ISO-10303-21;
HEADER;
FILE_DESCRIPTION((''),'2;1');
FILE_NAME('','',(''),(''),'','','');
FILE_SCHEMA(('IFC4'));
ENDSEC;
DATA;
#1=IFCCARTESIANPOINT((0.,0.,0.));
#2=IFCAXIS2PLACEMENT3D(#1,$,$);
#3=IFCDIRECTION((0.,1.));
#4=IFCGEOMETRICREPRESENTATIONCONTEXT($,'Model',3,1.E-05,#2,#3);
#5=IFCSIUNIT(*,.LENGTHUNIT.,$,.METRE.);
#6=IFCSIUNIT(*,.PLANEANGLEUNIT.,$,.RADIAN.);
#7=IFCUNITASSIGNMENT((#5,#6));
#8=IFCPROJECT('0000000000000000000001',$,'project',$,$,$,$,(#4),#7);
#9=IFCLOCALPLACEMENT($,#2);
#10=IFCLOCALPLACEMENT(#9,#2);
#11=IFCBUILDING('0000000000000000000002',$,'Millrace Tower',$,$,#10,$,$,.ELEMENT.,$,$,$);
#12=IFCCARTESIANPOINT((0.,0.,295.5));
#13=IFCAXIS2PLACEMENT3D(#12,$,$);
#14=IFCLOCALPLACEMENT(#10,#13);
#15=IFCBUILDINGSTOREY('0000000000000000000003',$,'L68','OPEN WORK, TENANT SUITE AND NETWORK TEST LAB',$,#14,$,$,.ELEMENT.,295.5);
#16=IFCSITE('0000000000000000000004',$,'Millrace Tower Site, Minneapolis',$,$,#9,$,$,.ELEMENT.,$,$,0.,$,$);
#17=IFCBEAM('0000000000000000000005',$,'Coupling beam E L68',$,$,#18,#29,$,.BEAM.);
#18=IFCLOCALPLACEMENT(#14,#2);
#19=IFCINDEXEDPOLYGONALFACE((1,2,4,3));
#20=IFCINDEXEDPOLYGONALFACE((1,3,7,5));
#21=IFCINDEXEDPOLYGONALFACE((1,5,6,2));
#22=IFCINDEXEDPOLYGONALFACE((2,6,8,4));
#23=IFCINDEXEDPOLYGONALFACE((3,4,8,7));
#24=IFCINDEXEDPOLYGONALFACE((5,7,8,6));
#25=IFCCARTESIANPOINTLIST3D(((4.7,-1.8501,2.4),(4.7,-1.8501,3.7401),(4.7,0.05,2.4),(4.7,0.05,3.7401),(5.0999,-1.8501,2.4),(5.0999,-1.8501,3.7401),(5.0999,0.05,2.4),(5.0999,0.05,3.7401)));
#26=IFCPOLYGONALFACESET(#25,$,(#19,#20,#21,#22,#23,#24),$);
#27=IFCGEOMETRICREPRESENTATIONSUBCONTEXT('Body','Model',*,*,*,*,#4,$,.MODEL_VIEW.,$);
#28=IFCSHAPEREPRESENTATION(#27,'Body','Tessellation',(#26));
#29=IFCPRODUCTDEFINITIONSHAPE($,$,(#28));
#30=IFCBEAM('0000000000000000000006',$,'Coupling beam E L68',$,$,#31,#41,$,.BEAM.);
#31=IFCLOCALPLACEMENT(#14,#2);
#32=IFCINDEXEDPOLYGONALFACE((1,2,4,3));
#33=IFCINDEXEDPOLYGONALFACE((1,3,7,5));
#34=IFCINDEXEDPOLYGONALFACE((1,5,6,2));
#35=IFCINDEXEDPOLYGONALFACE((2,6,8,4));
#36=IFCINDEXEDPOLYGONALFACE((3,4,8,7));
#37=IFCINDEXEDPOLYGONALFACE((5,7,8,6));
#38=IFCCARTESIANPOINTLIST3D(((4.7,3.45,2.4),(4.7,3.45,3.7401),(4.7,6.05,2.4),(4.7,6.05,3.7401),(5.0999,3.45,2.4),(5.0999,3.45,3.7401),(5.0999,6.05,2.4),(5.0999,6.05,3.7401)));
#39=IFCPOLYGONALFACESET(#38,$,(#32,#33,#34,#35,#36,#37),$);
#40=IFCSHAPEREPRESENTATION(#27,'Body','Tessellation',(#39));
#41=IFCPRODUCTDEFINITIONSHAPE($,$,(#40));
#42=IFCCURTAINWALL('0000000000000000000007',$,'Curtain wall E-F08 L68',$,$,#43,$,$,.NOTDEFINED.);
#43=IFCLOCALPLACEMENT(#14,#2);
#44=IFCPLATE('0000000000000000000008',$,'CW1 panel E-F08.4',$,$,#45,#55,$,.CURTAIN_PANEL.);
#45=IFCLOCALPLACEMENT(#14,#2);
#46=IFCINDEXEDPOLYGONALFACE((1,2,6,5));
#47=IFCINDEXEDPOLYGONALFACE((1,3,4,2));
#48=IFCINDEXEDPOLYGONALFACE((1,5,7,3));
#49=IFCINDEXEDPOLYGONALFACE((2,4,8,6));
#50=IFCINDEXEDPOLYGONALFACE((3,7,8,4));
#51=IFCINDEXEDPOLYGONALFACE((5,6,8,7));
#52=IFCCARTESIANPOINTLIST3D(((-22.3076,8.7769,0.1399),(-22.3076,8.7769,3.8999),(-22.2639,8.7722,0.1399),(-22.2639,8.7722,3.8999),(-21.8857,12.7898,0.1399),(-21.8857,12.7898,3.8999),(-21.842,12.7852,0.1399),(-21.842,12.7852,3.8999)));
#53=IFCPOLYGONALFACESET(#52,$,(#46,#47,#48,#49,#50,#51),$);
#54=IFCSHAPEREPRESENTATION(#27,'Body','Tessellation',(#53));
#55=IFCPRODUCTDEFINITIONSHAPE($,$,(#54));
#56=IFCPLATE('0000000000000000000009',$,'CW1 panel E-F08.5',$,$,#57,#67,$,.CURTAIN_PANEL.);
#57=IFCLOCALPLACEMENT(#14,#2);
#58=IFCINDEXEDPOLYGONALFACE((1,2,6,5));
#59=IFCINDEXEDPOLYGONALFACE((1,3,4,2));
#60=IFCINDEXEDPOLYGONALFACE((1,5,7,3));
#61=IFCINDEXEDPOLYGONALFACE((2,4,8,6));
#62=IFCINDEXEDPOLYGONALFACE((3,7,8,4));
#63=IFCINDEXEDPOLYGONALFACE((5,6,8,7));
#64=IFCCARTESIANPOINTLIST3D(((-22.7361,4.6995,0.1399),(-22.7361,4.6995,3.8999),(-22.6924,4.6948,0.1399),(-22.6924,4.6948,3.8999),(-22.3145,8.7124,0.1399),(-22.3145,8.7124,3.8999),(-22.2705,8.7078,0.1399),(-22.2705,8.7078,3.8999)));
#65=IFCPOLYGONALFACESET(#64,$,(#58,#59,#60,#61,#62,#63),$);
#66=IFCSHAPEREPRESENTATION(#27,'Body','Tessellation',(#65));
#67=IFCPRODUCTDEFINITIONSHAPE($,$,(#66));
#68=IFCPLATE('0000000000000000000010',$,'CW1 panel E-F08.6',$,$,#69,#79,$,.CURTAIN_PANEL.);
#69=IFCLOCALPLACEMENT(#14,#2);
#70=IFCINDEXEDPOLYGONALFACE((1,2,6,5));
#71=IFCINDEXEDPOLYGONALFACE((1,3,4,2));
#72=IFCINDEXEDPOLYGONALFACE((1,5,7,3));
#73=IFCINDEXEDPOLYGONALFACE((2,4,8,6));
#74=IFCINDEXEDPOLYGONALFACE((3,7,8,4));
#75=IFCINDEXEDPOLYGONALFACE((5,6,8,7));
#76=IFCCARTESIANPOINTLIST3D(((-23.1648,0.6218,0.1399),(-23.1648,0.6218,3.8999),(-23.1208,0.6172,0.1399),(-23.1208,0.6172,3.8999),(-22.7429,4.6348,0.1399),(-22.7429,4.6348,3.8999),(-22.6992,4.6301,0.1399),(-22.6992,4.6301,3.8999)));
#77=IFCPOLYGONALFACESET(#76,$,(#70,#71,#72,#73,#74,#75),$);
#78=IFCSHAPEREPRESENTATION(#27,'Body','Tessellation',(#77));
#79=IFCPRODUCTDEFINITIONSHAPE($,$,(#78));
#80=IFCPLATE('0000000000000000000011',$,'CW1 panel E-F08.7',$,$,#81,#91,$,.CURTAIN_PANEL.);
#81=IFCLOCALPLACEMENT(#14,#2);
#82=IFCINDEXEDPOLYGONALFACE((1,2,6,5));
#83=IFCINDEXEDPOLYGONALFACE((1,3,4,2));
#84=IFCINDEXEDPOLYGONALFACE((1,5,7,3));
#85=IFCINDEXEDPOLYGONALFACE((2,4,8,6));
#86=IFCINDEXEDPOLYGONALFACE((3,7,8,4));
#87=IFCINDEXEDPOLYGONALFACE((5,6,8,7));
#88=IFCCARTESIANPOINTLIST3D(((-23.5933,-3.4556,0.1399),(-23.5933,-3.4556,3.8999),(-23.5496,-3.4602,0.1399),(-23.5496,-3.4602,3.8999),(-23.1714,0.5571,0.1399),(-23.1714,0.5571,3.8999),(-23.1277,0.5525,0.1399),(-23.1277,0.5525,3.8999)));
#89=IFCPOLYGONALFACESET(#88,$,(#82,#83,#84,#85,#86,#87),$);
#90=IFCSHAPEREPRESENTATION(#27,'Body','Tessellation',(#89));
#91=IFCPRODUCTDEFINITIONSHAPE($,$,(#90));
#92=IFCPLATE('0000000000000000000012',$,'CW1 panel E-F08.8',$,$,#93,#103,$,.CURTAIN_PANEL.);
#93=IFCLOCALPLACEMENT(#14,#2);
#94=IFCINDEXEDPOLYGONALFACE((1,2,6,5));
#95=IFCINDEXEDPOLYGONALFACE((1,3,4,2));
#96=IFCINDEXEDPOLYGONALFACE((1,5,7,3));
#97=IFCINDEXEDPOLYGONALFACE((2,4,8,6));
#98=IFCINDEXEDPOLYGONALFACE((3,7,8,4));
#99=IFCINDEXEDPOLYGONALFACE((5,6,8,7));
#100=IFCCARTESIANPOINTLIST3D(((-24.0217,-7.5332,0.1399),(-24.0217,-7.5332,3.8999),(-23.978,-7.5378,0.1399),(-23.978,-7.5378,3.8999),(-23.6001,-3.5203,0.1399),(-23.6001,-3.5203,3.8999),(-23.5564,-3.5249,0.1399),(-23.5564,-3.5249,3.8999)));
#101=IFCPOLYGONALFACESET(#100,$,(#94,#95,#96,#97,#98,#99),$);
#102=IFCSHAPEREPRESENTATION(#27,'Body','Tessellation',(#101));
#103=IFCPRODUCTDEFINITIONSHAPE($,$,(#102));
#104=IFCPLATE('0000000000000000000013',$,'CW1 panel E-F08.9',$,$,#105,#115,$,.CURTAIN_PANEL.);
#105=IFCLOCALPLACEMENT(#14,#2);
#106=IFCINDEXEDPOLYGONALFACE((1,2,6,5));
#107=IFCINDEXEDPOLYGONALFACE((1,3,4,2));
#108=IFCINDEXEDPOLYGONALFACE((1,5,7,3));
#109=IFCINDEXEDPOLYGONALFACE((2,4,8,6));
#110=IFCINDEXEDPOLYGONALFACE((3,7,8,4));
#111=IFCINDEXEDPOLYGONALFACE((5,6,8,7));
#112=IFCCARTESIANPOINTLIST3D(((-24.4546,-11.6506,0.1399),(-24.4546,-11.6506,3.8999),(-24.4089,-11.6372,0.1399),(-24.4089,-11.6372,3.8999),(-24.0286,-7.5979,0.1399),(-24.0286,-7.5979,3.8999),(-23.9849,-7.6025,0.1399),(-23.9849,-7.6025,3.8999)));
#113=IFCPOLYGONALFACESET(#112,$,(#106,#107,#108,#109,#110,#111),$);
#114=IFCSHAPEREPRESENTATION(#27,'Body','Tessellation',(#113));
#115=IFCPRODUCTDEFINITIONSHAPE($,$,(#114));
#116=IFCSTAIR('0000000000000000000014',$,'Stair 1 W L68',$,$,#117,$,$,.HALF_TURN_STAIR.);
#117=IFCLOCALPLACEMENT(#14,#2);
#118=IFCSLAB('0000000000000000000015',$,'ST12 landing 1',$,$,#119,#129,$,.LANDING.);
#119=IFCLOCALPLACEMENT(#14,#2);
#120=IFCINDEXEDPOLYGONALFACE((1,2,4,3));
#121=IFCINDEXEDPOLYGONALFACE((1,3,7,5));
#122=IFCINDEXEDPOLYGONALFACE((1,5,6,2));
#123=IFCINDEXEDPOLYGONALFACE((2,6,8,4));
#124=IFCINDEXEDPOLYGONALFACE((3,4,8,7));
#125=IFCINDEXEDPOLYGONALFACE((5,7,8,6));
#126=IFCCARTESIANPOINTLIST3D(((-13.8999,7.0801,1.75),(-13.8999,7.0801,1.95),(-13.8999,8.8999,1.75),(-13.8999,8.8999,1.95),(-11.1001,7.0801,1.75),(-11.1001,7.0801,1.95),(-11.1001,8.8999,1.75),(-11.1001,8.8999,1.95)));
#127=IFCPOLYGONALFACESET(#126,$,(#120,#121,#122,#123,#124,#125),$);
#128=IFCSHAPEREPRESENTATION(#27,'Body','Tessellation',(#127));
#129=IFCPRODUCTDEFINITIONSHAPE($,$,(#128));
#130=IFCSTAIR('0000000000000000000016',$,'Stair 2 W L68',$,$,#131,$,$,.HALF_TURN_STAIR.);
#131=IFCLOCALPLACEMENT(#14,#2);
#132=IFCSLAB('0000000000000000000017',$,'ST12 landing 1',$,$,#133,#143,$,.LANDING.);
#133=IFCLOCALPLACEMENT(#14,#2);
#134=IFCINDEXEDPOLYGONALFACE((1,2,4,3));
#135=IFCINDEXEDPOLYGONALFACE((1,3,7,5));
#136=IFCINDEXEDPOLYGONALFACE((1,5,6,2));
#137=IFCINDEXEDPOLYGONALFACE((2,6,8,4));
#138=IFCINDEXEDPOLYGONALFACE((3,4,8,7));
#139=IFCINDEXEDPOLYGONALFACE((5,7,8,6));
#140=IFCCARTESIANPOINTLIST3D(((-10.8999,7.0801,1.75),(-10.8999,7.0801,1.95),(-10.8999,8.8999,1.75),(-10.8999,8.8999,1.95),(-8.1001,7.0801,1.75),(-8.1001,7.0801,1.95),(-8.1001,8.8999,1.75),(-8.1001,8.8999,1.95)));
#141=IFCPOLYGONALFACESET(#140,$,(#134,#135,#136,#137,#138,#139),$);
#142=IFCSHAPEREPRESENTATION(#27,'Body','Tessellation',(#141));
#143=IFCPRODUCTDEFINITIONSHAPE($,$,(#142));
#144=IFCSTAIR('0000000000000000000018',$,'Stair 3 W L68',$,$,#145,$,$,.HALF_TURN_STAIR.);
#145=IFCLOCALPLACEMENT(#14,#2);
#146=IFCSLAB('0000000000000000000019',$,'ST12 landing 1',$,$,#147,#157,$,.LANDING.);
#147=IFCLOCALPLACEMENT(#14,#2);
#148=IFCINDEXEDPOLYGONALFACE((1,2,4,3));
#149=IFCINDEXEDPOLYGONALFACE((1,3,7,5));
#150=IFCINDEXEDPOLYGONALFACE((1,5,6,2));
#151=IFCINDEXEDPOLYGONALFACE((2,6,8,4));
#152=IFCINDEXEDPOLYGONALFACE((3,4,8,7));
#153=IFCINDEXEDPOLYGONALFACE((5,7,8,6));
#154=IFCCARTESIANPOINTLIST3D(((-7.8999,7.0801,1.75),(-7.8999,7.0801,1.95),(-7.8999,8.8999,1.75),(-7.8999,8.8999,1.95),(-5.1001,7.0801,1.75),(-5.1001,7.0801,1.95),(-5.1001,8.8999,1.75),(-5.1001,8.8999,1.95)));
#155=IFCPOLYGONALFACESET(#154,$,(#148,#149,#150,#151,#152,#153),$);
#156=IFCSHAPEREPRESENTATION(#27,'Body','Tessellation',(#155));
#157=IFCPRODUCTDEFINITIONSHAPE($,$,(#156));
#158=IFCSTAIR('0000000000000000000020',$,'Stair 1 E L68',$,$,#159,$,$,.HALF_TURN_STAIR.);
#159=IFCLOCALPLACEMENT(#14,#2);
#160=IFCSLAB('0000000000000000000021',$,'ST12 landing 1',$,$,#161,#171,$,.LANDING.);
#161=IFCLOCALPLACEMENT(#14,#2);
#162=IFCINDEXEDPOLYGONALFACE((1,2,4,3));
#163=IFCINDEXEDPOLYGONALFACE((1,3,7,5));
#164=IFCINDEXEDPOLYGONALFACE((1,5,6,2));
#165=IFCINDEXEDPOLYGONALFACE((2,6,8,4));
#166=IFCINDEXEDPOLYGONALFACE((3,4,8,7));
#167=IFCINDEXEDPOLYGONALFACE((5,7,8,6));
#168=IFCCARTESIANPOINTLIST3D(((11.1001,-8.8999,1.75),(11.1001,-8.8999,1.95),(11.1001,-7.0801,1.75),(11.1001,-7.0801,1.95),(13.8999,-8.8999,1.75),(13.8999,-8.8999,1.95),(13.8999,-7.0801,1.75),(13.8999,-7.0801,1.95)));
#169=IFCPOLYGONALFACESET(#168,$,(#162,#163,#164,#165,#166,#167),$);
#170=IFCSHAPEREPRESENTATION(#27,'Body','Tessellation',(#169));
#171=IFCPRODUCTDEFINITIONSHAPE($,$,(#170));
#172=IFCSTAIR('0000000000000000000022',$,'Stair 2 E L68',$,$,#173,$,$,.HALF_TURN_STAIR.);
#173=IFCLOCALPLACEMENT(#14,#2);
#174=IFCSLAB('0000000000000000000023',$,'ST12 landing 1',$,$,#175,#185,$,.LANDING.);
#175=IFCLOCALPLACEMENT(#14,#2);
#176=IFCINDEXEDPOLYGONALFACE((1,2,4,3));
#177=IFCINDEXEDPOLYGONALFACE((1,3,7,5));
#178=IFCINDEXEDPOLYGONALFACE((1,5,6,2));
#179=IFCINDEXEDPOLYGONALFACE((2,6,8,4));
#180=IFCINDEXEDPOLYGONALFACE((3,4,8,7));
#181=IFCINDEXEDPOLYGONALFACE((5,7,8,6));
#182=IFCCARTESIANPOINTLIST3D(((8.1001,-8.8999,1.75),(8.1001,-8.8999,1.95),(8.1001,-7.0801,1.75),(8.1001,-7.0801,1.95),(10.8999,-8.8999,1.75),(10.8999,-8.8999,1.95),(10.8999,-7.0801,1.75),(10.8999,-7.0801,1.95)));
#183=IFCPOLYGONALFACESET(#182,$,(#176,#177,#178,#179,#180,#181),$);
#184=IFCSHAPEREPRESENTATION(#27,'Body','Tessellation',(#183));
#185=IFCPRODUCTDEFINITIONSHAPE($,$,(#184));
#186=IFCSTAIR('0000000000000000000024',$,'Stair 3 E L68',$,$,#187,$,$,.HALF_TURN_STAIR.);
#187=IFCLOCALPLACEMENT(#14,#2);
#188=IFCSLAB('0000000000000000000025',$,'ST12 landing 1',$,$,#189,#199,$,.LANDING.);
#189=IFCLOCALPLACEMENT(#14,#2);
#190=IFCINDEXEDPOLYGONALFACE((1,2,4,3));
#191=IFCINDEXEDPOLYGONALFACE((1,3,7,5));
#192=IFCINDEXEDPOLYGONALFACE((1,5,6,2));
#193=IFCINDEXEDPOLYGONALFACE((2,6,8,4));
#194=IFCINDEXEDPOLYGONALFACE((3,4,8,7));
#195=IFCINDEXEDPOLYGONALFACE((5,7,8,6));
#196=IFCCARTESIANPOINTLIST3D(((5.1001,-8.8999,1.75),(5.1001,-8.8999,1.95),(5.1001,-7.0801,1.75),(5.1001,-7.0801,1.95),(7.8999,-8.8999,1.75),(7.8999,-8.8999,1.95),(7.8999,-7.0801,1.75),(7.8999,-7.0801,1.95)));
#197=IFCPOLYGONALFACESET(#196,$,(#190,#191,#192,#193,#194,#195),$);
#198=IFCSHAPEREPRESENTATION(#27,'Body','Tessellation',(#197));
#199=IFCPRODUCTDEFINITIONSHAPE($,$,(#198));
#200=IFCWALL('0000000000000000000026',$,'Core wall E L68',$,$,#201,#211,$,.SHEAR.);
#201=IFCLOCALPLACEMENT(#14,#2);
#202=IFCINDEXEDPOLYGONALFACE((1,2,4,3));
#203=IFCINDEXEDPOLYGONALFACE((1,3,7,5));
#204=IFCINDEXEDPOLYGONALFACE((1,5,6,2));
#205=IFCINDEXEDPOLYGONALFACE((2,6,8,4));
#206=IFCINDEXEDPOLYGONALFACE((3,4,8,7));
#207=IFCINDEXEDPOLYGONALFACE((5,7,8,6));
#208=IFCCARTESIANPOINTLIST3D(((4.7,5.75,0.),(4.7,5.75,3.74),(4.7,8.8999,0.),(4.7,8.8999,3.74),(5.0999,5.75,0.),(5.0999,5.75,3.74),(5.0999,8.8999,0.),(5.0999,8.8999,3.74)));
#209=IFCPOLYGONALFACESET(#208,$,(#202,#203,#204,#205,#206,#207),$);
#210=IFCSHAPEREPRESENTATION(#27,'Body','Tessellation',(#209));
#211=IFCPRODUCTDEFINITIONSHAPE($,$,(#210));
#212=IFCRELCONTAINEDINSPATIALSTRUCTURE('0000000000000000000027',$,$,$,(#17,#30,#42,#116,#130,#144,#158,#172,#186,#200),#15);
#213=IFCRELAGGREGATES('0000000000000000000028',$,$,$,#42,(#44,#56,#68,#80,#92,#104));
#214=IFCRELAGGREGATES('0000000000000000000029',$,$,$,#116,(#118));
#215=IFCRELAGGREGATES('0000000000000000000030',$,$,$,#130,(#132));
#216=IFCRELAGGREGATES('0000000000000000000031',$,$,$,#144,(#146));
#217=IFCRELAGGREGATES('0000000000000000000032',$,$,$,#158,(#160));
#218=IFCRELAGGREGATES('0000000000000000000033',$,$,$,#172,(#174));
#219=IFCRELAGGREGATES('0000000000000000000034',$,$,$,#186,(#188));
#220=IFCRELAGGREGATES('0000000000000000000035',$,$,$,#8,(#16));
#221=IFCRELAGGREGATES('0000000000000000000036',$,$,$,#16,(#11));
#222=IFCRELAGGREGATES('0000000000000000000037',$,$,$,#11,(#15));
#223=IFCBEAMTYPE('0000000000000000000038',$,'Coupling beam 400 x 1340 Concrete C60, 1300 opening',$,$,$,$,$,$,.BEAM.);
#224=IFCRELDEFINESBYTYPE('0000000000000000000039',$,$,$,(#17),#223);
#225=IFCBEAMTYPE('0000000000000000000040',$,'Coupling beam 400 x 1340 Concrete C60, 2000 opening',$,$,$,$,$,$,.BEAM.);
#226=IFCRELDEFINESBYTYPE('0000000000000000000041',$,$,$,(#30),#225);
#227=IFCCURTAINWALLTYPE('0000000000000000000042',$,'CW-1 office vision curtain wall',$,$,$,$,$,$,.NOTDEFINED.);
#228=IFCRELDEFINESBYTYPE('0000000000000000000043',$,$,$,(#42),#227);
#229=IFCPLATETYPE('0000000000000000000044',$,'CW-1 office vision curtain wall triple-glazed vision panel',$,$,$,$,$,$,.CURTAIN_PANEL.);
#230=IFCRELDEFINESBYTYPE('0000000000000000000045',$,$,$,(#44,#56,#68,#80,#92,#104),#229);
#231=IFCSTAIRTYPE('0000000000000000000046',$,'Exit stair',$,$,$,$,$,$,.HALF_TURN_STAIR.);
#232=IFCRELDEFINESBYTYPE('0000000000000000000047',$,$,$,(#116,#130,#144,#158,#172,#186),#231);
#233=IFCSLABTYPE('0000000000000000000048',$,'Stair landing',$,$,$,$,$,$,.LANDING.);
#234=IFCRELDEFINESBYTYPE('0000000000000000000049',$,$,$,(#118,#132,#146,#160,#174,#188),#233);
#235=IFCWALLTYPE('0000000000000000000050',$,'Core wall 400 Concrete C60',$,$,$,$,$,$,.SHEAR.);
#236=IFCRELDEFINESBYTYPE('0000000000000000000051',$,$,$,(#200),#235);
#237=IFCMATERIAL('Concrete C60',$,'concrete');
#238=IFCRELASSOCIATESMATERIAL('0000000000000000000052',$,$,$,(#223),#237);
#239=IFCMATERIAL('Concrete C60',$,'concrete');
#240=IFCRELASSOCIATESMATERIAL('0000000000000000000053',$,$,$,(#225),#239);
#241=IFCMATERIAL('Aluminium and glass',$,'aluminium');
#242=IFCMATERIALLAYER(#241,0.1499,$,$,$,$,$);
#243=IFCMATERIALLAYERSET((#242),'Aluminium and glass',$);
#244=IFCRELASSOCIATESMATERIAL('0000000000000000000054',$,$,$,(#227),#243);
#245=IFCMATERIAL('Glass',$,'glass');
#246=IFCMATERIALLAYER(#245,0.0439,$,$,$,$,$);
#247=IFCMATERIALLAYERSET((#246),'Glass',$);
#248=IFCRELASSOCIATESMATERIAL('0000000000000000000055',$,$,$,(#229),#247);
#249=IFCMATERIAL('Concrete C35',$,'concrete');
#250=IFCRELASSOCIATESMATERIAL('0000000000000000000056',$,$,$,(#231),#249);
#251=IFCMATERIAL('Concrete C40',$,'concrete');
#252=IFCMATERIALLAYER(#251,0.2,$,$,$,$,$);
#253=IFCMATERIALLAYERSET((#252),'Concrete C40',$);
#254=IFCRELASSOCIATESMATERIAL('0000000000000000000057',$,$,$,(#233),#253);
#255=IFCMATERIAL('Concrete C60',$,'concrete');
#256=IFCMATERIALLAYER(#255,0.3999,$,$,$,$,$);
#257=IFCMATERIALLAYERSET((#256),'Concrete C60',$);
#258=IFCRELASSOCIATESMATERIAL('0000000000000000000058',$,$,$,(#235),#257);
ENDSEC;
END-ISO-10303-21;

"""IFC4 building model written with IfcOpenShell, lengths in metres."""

from ifc_helpers import new_model, si_unit, direction, frame, frame_2d, origin, origin_2d, place, context, subcontext, project, spatial, polyline, rectangle, outline, extrude, material, layer, layer_set, material_profile, profile_set, type_object, element, aggregate, save


model = new_model("IFC4")

# Units and contexts
model_context = context("Model", 3, precision=1e-05, world=origin(), true_north=direction((0.0, 1.0)))
body_context = subcontext(model_context, "Body", "Model", "MODEL_VIEW")
ifc_project = project(units=[si_unit("LENGTHUNIT", "METRE"), si_unit("PLANEANGLEUNIT", "RADIAN")], contexts=[model_context])

# Site, building, storey
site_placement = place(None, origin())
site = spatial("IfcSite", under=ifc_project, at=site_placement, Name="Millrace Tower Site, Minneapolis", CompositionType="ELEMENT", RefElevation=0.0)
building_placement = place(site_placement, origin())
building = spatial("IfcBuilding", under=site, at=building_placement, Name="Millrace Tower", CompositionType="ELEMENT")
storey_placement = place(building_placement, frame((0.0, 0.0, 295.5)))
storey = spatial("IfcBuildingStorey", under=building, at=storey_placement, Name="L68", Description="OPEN WORK, TENANT SUITE AND NETWORK TEST LAB", CompositionType="ELEMENT", Elevation=295.5)

# Beams
ifc_material_1 = material(Name="Concrete C60", Category="concrete")
ifc_material_profile_1 = material_profile(ifc_material_1, rectangle(XDim=0.3999, YDim=1.3401, at=origin_2d()))
ifc_profile_set_1 = profile_set([ifc_material_profile_1], Name="Concrete C60")
beam_type_1 = type_object("IfcBeamType", Name="Coupling beam 400 x 1340 Concrete C60, 1300 opening", PredefinedType="BEAM", material=ifc_profile_set_1)
beam_1_placement = place(storey_placement, frame((4.8999, 0.05, 3.0701), z_axis=(0.0, -1.0, 0.0), x_axis=(1.0, 0.0, 0.0)))
element("IfcBeam", 1, at=beam_1_placement, inside=storey, type_object=beam_type_1, Name="Coupling beam E L68", PredefinedType="BEAM", context=body_context, shape_type="SweptSolid", body=[
    extrude(rectangle(XDim=0.3999, YDim=1.3401, at=origin_2d()), origin(), (0.0, 0.0, 1.0), 1.9001),
])
ifc_material_2 = material(Name="Concrete C60", Category="concrete")
ifc_material_profile_2 = material_profile(ifc_material_2, rectangle(XDim=0.3999, YDim=1.3401, at=origin_2d()))
ifc_profile_set_2 = profile_set([ifc_material_profile_2], Name="Concrete C60")
beam_type_2 = type_object("IfcBeamType", Name="Coupling beam 400 x 1340 Concrete C60, 2000 opening", PredefinedType="BEAM", material=ifc_profile_set_2)
beam_2_placement = place(storey_placement, frame((4.8999, 6.05, 3.0701), z_axis=(0.0, -1.0, 0.0), x_axis=(1.0, 0.0, 0.0)))
element("IfcBeam", 2, at=beam_2_placement, inside=storey, type_object=beam_type_2, Name="Coupling beam E L68", PredefinedType="BEAM", context=body_context, shape_type="SweptSolid", body=[
    extrude(rectangle(XDim=0.3999, YDim=1.3401, at=origin_2d()), origin(), (0.0, 0.0, 1.0), 2.6001),
])

# Curtain wall, plates
ifc_material_3 = material(Name="Aluminium and glass", Category="aluminium")
ifc_layer_1 = layer(ifc_material_3, 0.1499)
ifc_layer_set_1 = layer_set([ifc_layer_1], Name="Aluminium and glass")
curtain_wall_type = type_object("IfcCurtainWallType", Name="CW-1 office vision curtain wall", PredefinedType="NOTDEFINED", material=ifc_layer_set_1)
placement_1 = place(storey_placement, origin())
curtain_wall = element("IfcCurtainWall", 3, at=placement_1, inside=storey, type_object=curtain_wall_type, Name="Curtain wall E-F08 L68", PredefinedType="NOTDEFINED")
ifc_material_4 = material(Name="Glass", Category="glass")
ifc_layer_2 = layer(ifc_material_4, 0.0439)
ifc_layer_set_2 = layer_set([ifc_layer_2], Name="Glass")
plate_type = type_object("IfcPlateType", Name="CW-1 office vision curtain wall triple-glazed vision panel", PredefinedType="CURTAIN_PANEL", material=ifc_layer_set_2)
placement_2 = place(storey_placement, frame((0.0, 0.0, 0.1399)))
plate_1 = element("IfcPlate", 4, at=placement_2, type_object=plate_type, Name="CW1 panel E-F08.4", PredefinedType="CURTAIN_PANEL", context=body_context, shape_type="SweptSolid", body=[
    extrude(outline(polyline([(-21.8857, 12.7898), (-22.3076, 8.7769), (-22.2639, 8.7722), (-21.842, 12.7852), (-21.8857, 12.7898)])), origin(), (0.0, 0.0, 1.0), 3.76),
])
plate_2 = element("IfcPlate", 5, at=placement_2, type_object=plate_type, Name="CW1 panel E-F08.5", PredefinedType="CURTAIN_PANEL", context=body_context, shape_type="SweptSolid", body=[
    extrude(outline(polyline([(-22.3145, 8.7124), (-22.7361, 4.6995), (-22.6924, 4.6948), (-22.2705, 8.7078), (-22.3145, 8.7124)])), origin(), (0.0, 0.0, 1.0), 3.76),
])
plate_3 = element("IfcPlate", 6, at=placement_2, type_object=plate_type, Name="CW1 panel E-F08.6", PredefinedType="CURTAIN_PANEL", context=body_context, shape_type="SweptSolid", body=[
    extrude(outline(polyline([(-22.7429, 4.6348), (-23.1648, 0.6218), (-23.1208, 0.6172), (-22.6992, 4.6301), (-22.7429, 4.6348)])), origin(), (0.0, 0.0, 1.0), 3.76),
])
plate_4 = element("IfcPlate", 7, at=placement_2, type_object=plate_type, Name="CW1 panel E-F08.7", PredefinedType="CURTAIN_PANEL", context=body_context, shape_type="SweptSolid", body=[
    extrude(outline(polyline([(-23.1714, 0.5571), (-23.5933, -3.4556), (-23.5496, -3.4602), (-23.1277, 0.5525), (-23.1714, 0.5571)])), origin(), (0.0, 0.0, 1.0), 3.76),
])
plate_5 = element("IfcPlate", 8, at=placement_2, type_object=plate_type, Name="CW1 panel E-F08.8", PredefinedType="CURTAIN_PANEL", context=body_context, shape_type="SweptSolid", body=[
    extrude(outline(polyline([(-23.6001, -3.5203), (-24.0217, -7.5332), (-23.978, -7.5378), (-23.5564, -3.5249), (-23.6001, -3.5203)])), origin(), (0.0, 0.0, 1.0), 3.76),
])
plate_6 = element("IfcPlate", 9, at=placement_2, type_object=plate_type, Name="CW1 panel E-F08.9", PredefinedType="CURTAIN_PANEL", context=body_context, shape_type="SweptSolid", body=[
    extrude(outline(polyline([(-24.0286, -7.5979), (-24.4546, -11.6506), (-24.4089, -11.6372), (-23.9849, -7.6025), (-24.0286, -7.5979)])), origin(), (0.0, 0.0, 1.0), 3.76),
])
aggregate(curtain_wall, [plate_1, plate_2, plate_3, plate_4, plate_5, plate_6])

# Stairs, slabs
ifc_material_5 = material(Name="Concrete C35", Category="concrete")
stair_type = type_object("IfcStairType", Name="Exit stair", PredefinedType="HALF_TURN_STAIR", material=ifc_material_5)
stair_1 = element("IfcStair", 10, at=placement_1, inside=storey, type_object=stair_type, Name="Stair 1 W L68", PredefinedType="HALF_TURN_STAIR")
ifc_material_6 = material(Name="Concrete C40", Category="concrete")
ifc_layer_3 = layer(ifc_material_6, 0.2)
ifc_layer_set_3 = layer_set([ifc_layer_3], Name="Concrete C40")
slab_type = type_object("IfcSlabType", Name="Stair landing", PredefinedType="LANDING", material=ifc_layer_set_3)
placement_3 = place(storey_placement, frame((0.0, 0.0, 1.75)))
slab_1 = element("IfcSlab", 11, at=placement_3, type_object=slab_type, Name="ST12 landing 1", PredefinedType="LANDING", context=body_context, shape_type="SweptSolid", body=[
    extrude(outline(polyline([(-13.8999, 7.0801), (-11.1001, 7.0801), (-11.1001, 8.8999), (-13.8999, 8.8999), (-13.8999, 7.0801)])), origin(), (0.0, 0.0, 1.0), 0.2),
])
aggregate(stair_1, [slab_1])
stair_2 = element("IfcStair", 12, at=placement_1, inside=storey, type_object=stair_type, Name="Stair 2 W L68", PredefinedType="HALF_TURN_STAIR")
slab_2 = element("IfcSlab", 13, at=placement_3, type_object=slab_type, Name="ST12 landing 1", PredefinedType="LANDING", context=body_context, shape_type="SweptSolid", body=[
    extrude(outline(polyline([(-10.8999, 7.0801), (-8.1001, 7.0801), (-8.1001, 8.8999), (-10.8999, 8.8999), (-10.8999, 7.0801)])), origin(), (0.0, 0.0, 1.0), 0.2),
])
aggregate(stair_2, [slab_2])
stair_3 = element("IfcStair", 14, at=placement_1, inside=storey, type_object=stair_type, Name="Stair 3 W L68", PredefinedType="HALF_TURN_STAIR")
slab_3 = element("IfcSlab", 15, at=placement_3, type_object=slab_type, Name="ST12 landing 1", PredefinedType="LANDING", context=body_context, shape_type="SweptSolid", body=[
    extrude(outline(polyline([(-7.8999, 7.0801), (-5.1001, 7.0801), (-5.1001, 8.8999), (-7.8999, 8.8999), (-7.8999, 7.0801)])), origin(), (0.0, 0.0, 1.0), 0.2),
])
aggregate(stair_3, [slab_3])
stair_4 = element("IfcStair", 16, at=placement_1, inside=storey, type_object=stair_type, Name="Stair 1 E L68", PredefinedType="HALF_TURN_STAIR")
slab_4 = element("IfcSlab", 17, at=placement_3, type_object=slab_type, Name="ST12 landing 1", PredefinedType="LANDING", context=body_context, shape_type="SweptSolid", body=[
    extrude(outline(polyline([(11.1001, -8.8999), (13.8999, -8.8999), (13.8999, -7.0801), (11.1001, -7.0801), (11.1001, -8.8999)])), origin(), (0.0, 0.0, 1.0), 0.2),
])
aggregate(stair_4, [slab_4])
stair_5 = element("IfcStair", 18, at=placement_1, inside=storey, type_object=stair_type, Name="Stair 2 E L68", PredefinedType="HALF_TURN_STAIR")
slab_5 = element("IfcSlab", 19, at=placement_3, type_object=slab_type, Name="ST12 landing 1", PredefinedType="LANDING", context=body_context, shape_type="SweptSolid", body=[
    extrude(outline(polyline([(8.1001, -8.8999), (10.8999, -8.8999), (10.8999, -7.0801), (8.1001, -7.0801), (8.1001, -8.8999)])), origin(), (0.0, 0.0, 1.0), 0.2),
])
aggregate(stair_5, [slab_5])
stair_6 = element("IfcStair", 20, at=placement_1, inside=storey, type_object=stair_type, Name="Stair 3 E L68", PredefinedType="HALF_TURN_STAIR")
slab_6 = element("IfcSlab", 21, at=placement_3, type_object=slab_type, Name="ST12 landing 1", PredefinedType="LANDING", context=body_context, shape_type="SweptSolid", body=[
    extrude(outline(polyline([(5.1001, -8.8999), (7.8999, -8.8999), (7.8999, -7.0801), (5.1001, -7.0801), (5.1001, -8.8999)])), origin(), (0.0, 0.0, 1.0), 0.2),
])
aggregate(stair_6, [slab_6])

# Wall
ifc_material_7 = material(Name="Concrete C60", Category="concrete")
ifc_layer_4 = layer(ifc_material_7, 0.3999)
ifc_layer_set_4 = layer_set([ifc_layer_4], Name="Concrete C60")
wall_type_1 = type_object("IfcWallType", Name="Core wall 400 Concrete C60", PredefinedType="SHEAR", material=ifc_layer_set_4)
wall_1_placement = place(storey_placement, frame((4.8999, 8.8999, 0.0), z_axis=(0.0, 0.0, 1.0), x_axis=(0.0, -1.0, 0.0)))
element("IfcWall", 22, at=wall_1_placement, inside=storey, type_object=wall_type_1, Name="Core wall E L68", PredefinedType="SHEAR", context=body_context, shape_type="SweptSolid", body=[
    extrude(rectangle(XDim=3.1499, YDim=0.3999, at=frame_2d((1.575, 0.0))), origin(), (0.0, 0.0, 1.0), 3.74),
])

save(model, "model.ifc")
